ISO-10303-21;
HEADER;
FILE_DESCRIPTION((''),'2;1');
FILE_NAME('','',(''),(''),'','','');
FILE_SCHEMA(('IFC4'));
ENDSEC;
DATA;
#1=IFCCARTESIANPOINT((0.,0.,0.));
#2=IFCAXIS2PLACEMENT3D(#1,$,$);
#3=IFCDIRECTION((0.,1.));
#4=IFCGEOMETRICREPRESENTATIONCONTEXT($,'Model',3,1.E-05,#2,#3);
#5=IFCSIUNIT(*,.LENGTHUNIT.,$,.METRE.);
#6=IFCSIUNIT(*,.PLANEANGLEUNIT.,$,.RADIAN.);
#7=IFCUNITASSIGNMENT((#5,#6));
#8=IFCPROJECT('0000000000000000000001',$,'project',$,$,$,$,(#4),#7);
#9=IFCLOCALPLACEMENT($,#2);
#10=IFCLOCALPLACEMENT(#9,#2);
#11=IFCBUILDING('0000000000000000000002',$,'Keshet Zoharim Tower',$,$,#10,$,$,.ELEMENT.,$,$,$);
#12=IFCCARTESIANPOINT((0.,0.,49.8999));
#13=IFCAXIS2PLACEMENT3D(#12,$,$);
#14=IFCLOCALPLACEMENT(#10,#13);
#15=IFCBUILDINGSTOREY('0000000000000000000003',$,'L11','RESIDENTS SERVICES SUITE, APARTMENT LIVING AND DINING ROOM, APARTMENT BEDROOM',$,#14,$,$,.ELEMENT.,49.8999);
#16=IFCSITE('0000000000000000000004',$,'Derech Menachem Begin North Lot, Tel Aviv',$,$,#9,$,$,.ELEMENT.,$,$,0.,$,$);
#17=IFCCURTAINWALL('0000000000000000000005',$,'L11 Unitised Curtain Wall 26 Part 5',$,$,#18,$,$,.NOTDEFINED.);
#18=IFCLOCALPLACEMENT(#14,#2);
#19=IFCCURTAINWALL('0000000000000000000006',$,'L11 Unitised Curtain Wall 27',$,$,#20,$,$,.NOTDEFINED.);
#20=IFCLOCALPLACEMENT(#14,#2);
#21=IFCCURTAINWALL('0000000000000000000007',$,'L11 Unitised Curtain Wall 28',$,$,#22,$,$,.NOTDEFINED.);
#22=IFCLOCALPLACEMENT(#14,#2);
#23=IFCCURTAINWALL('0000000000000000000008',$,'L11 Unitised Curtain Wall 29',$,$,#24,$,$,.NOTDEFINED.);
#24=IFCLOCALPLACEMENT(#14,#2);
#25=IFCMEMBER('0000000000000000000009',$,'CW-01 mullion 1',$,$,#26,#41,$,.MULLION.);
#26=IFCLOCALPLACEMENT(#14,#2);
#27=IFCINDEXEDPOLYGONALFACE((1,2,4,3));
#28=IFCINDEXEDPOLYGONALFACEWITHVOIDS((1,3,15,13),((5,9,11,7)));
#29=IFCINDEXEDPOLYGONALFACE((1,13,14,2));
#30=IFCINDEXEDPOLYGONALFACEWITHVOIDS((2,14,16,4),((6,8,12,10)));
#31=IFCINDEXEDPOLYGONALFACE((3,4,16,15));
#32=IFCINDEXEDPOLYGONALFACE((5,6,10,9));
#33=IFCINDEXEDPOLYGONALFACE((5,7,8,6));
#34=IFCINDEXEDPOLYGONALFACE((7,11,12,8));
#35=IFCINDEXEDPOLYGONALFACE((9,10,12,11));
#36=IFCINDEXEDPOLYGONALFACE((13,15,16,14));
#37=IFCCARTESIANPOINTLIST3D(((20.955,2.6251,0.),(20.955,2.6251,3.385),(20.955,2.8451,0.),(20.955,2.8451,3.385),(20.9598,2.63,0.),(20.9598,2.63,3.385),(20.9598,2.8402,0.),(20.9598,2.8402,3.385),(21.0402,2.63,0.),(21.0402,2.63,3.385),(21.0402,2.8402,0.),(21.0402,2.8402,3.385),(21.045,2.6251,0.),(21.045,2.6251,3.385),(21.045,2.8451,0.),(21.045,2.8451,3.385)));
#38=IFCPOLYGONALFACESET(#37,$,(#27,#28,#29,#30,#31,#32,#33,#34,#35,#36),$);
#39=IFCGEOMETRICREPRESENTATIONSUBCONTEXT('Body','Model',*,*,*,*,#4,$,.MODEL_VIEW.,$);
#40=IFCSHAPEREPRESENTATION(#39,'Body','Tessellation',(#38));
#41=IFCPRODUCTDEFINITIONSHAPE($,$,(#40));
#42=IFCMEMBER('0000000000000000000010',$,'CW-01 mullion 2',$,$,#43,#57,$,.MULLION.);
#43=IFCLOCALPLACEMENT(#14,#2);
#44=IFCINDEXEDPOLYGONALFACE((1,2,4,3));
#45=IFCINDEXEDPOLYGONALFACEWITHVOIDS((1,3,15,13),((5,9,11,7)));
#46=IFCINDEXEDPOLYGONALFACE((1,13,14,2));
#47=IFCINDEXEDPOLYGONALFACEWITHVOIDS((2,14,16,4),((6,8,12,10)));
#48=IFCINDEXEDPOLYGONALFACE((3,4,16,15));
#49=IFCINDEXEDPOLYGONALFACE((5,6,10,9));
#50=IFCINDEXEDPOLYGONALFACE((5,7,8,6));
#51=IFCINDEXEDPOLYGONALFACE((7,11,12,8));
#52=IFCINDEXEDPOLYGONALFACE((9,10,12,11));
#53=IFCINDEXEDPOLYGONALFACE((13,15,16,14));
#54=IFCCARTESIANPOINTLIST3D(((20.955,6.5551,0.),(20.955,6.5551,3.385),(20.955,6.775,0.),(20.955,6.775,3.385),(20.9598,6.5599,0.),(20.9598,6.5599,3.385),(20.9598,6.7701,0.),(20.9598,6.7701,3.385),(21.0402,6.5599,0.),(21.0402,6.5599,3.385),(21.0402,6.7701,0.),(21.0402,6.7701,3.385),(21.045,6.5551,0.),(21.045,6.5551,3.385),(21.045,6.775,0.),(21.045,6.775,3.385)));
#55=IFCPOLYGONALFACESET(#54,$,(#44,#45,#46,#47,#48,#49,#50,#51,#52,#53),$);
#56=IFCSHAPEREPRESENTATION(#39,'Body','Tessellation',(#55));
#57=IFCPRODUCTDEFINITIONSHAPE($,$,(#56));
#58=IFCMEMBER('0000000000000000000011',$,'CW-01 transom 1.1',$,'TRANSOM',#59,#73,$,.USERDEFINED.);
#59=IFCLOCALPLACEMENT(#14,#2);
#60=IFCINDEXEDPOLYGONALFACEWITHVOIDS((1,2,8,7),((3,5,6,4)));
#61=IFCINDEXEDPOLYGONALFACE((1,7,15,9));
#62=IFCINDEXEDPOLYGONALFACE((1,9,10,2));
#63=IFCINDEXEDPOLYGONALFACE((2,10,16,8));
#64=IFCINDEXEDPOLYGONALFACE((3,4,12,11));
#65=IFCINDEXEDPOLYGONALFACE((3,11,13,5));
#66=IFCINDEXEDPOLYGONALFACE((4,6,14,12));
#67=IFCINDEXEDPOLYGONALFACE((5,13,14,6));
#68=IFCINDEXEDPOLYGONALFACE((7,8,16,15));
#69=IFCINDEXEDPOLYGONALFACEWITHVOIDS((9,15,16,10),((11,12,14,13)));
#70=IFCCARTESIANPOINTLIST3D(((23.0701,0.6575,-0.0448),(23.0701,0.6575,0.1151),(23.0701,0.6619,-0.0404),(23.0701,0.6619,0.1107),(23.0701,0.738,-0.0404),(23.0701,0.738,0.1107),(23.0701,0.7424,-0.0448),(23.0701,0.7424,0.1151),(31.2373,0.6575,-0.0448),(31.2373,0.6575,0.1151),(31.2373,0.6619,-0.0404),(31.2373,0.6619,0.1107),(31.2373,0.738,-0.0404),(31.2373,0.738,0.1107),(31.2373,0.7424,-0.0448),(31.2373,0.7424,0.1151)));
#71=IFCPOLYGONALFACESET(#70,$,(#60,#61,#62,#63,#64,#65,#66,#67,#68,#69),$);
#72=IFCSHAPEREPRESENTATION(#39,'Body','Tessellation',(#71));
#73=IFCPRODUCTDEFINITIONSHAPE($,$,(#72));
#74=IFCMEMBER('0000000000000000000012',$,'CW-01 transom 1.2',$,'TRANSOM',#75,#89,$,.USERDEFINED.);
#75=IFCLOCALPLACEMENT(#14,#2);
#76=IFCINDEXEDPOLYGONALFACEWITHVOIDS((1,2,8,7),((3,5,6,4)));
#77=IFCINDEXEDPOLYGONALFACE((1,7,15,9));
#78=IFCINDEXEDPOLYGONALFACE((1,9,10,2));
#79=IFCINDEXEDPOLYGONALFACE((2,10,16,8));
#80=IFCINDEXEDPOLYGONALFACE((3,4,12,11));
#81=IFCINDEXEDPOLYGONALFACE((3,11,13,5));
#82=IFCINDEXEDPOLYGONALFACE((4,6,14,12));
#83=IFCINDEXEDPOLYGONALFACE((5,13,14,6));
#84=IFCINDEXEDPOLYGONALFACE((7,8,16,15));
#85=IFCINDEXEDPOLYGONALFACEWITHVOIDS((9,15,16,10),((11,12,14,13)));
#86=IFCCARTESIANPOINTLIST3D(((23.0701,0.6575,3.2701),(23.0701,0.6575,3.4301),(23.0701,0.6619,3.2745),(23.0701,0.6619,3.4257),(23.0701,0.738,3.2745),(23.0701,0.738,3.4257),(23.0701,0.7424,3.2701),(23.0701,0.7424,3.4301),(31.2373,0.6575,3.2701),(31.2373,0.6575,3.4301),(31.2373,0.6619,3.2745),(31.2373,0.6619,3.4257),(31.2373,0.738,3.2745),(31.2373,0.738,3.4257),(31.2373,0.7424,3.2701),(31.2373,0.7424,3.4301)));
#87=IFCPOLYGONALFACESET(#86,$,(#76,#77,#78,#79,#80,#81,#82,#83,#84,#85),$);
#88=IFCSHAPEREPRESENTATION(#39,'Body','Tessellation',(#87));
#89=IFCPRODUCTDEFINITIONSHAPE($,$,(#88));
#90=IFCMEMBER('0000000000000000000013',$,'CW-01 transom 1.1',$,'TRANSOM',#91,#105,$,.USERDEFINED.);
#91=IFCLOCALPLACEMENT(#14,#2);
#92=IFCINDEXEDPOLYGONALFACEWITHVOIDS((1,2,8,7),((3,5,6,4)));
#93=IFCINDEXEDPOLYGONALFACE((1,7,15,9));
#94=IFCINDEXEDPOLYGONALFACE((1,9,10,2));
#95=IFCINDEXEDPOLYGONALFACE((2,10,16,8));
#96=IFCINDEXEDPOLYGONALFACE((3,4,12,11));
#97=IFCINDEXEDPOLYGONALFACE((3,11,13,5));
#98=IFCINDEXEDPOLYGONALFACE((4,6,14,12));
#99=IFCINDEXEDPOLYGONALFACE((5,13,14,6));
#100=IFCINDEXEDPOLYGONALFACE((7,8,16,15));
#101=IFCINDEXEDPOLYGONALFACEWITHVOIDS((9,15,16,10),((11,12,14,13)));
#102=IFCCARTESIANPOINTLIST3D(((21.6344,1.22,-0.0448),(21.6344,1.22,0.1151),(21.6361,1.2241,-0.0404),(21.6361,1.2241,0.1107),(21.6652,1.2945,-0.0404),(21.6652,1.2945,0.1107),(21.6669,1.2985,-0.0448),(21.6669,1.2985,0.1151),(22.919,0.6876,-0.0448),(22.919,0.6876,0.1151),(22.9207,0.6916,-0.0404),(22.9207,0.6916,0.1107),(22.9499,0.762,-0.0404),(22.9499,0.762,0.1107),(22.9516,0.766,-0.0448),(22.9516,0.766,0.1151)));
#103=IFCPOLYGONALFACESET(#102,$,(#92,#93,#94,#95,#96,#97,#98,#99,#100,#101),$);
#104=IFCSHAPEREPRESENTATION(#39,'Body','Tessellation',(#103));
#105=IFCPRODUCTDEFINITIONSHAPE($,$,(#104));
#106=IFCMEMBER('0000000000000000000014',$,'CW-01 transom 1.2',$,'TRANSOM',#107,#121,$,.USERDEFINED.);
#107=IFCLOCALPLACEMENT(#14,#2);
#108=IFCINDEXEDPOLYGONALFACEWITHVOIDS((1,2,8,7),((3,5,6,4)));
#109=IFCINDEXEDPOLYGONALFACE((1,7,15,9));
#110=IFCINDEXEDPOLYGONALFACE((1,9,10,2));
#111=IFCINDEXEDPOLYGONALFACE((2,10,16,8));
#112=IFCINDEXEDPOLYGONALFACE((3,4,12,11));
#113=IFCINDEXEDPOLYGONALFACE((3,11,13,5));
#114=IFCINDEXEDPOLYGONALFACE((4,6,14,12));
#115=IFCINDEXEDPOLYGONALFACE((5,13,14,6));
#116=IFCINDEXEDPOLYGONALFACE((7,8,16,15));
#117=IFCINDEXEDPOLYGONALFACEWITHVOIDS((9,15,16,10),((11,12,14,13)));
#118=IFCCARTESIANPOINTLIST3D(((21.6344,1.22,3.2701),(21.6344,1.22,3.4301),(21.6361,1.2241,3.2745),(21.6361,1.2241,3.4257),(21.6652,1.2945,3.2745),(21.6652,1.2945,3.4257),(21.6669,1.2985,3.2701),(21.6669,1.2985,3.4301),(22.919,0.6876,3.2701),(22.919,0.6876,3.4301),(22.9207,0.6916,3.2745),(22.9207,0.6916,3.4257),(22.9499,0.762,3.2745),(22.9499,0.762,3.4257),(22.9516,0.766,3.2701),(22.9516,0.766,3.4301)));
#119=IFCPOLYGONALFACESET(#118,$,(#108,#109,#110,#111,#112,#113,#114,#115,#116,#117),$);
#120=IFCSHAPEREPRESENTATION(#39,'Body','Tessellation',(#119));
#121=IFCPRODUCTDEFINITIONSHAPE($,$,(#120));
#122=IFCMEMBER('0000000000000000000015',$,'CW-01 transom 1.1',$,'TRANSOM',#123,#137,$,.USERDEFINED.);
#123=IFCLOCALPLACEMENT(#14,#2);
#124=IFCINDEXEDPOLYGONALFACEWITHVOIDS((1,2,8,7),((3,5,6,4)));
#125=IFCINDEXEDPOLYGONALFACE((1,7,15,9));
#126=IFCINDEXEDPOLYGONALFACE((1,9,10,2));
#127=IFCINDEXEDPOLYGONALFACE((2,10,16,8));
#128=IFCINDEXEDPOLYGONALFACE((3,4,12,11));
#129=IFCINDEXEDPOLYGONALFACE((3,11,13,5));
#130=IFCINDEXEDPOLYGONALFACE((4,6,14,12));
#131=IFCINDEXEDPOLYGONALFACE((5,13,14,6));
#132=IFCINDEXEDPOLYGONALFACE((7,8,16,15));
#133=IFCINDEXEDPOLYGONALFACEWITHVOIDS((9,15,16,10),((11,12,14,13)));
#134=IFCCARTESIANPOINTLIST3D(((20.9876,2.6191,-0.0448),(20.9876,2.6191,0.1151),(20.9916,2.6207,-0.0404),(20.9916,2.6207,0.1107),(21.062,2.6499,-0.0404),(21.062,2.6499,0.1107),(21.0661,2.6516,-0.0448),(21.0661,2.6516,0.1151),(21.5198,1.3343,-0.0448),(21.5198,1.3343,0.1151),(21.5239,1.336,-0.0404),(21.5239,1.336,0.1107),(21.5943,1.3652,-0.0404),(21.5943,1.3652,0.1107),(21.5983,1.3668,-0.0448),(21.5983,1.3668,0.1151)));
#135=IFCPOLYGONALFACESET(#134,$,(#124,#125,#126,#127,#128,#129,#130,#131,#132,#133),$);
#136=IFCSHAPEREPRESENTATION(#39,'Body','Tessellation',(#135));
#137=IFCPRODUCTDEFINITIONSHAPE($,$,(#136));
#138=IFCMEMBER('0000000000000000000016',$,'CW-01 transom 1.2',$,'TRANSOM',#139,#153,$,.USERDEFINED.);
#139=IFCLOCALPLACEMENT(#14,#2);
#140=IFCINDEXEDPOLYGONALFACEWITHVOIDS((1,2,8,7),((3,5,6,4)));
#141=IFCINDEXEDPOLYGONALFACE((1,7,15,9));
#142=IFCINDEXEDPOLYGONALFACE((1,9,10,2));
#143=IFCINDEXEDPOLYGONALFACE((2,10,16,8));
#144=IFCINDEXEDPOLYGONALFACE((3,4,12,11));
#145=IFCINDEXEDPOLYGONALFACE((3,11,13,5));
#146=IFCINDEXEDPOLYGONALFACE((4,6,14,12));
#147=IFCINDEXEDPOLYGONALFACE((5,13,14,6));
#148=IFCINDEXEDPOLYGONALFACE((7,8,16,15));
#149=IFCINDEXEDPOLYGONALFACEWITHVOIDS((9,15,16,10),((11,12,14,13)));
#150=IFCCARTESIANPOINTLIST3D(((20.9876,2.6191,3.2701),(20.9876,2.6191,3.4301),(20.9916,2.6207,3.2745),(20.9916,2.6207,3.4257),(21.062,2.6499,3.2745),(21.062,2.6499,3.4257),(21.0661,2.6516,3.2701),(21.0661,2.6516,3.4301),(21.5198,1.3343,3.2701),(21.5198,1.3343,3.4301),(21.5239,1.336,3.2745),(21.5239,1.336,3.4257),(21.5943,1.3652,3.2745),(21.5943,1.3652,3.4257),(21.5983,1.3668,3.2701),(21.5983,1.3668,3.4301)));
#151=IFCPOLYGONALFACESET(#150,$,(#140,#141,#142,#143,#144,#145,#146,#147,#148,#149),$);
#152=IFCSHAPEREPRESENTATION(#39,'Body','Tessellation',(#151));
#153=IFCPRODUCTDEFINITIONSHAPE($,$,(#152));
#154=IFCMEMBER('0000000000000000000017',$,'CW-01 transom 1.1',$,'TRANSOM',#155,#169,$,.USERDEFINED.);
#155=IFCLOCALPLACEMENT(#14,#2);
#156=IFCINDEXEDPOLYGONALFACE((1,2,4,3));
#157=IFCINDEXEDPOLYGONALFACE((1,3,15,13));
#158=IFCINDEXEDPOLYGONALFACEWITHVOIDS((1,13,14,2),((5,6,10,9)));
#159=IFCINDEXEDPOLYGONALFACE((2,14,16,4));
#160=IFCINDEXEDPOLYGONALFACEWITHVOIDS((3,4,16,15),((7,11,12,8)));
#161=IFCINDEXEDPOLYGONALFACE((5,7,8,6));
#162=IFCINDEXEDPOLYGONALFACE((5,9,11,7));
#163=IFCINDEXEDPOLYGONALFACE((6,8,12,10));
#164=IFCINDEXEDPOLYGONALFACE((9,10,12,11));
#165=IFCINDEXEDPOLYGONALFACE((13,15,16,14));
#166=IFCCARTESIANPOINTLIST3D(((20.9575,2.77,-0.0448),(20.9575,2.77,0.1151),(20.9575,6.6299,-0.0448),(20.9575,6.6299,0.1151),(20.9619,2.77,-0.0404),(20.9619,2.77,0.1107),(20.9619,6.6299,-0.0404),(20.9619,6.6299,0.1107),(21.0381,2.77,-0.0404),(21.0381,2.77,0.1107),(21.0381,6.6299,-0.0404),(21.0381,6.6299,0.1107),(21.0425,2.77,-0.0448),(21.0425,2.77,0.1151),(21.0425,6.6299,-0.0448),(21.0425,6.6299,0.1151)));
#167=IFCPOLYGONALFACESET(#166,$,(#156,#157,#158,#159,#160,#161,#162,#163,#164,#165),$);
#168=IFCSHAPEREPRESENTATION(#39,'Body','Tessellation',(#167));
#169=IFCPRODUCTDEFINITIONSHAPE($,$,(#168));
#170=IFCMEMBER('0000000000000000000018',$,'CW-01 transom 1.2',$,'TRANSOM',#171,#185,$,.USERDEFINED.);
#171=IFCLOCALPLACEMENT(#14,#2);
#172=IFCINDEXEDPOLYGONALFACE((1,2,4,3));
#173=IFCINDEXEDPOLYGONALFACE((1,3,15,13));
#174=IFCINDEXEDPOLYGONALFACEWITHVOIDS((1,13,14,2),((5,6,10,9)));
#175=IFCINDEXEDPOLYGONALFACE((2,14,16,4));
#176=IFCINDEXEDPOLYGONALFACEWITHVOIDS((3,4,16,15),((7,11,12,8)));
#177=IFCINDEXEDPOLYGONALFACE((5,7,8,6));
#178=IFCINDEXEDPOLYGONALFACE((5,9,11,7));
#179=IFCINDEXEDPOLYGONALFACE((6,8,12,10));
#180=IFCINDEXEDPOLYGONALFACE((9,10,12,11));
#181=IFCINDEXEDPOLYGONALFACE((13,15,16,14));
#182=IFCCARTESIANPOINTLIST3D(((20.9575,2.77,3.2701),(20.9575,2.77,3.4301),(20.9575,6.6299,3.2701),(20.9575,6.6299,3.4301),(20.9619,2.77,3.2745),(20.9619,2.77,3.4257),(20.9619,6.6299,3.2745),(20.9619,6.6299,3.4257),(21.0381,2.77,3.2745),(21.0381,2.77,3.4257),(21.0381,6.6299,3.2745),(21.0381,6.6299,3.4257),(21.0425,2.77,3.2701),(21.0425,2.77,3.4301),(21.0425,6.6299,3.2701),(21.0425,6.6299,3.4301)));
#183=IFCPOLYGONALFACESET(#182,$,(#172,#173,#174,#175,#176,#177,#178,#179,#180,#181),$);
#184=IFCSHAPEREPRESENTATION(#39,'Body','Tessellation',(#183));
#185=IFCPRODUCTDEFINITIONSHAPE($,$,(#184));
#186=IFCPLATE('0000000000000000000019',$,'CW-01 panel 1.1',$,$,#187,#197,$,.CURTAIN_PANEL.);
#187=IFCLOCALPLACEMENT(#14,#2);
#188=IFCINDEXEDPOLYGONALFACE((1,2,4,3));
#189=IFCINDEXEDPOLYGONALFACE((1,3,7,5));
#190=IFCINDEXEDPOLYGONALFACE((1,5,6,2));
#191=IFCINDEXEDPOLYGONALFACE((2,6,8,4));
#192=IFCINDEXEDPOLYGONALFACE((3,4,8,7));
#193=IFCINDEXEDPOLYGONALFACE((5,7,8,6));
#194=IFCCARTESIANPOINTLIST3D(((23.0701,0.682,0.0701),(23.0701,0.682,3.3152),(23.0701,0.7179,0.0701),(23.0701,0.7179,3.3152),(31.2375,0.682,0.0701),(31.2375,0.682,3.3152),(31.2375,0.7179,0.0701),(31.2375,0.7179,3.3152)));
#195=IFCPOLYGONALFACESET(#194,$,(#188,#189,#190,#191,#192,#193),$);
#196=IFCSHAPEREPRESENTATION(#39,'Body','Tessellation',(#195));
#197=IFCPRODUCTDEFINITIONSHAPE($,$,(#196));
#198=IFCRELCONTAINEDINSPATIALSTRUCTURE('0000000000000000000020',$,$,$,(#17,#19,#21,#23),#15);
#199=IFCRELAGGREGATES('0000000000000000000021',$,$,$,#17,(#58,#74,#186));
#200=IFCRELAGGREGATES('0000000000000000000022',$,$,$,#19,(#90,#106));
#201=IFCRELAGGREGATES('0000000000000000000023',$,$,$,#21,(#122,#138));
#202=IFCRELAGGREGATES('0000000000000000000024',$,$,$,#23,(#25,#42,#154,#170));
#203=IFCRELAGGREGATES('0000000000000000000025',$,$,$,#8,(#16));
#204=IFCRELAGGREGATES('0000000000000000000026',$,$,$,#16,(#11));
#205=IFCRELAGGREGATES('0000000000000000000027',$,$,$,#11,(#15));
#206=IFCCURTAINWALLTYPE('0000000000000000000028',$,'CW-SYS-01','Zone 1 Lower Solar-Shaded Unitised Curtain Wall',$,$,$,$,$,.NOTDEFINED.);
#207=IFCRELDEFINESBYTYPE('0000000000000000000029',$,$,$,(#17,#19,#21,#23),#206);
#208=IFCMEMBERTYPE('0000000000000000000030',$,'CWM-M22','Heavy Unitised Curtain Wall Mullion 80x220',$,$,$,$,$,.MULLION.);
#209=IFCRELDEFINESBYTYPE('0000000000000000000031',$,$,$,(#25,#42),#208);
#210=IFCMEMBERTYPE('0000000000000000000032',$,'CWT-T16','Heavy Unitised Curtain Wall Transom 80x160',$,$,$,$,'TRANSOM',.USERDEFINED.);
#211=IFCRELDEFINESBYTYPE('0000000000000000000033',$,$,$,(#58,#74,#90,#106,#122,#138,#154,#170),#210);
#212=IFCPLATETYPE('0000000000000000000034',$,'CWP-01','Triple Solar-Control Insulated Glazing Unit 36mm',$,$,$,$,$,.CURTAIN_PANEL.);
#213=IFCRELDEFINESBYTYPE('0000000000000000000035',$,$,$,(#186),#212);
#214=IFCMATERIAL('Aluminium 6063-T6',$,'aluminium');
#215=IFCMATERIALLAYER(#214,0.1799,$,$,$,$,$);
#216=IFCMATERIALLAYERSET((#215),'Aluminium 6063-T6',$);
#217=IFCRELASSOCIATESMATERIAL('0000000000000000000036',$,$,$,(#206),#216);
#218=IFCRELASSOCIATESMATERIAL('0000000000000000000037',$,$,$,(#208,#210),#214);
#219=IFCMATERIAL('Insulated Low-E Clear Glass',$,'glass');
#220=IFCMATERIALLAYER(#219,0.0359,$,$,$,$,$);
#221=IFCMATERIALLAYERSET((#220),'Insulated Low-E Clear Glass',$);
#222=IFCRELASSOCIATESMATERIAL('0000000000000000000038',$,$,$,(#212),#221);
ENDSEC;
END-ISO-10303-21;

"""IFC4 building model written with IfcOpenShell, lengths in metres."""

from ifc_helpers import new_model, si_unit, direction, frame, origin, origin_2d, place, context, subcontext, project, spatial, rectangle, hollow_rectangle, extrude, material, layer, layer_set, material_profile, profile_set, type_object, element, aggregate, save


model = new_model("IFC4")

# Units and contexts
model_context = context("Model", 3, precision=1e-05, world=origin(), true_north=direction((0.0, 1.0)))
body_context = subcontext(model_context, "Body", "Model", "MODEL_VIEW")
ifc_project = project(units=[si_unit("LENGTHUNIT", "METRE"), si_unit("PLANEANGLEUNIT", "RADIAN")], contexts=[model_context])

# Site, building, storey
site_placement = place(None, origin())
site = spatial("IfcSite", under=ifc_project, at=site_placement, Name="Derech Menachem Begin North Lot, Tel Aviv", CompositionType="ELEMENT", RefElevation=0.0)
building_placement = place(site_placement, origin())
building = spatial("IfcBuilding", under=site, at=building_placement, Name="Keshet Zoharim Tower", CompositionType="ELEMENT")
storey_placement = place(building_placement, frame((0.0, 0.0, 49.8999)))
storey = spatial("IfcBuildingStorey", under=building, at=storey_placement, Name="L11", Description="RESIDENTS SERVICES SUITE, APARTMENT LIVING AND DINING ROOM, APARTMENT BEDROOM", CompositionType="ELEMENT", Elevation=49.8999)

# Curtain wall
ifc_material_1 = material(Name="Aluminium 6063-T6", Category="aluminium")
ifc_layer_1 = layer(ifc_material_1, 0.1799)
ifc_layer_set_1 = layer_set([ifc_layer_1], Name="Aluminium 6063-T6")
curtain_wall_type = type_object("IfcCurtainWallType", Name="CW-SYS-01", Description="Zone 1 Lower Solar-Shaded Unitised Curtain Wall", PredefinedType="NOTDEFINED", material=ifc_layer_set_1)
ifc_material_profile_1 = material_profile(ifc_material_1, hollow_rectangle(XDim=0.0901, YDim=0.22, WallThickness=0.0049, at=origin_2d()), Name="MUL-90x220")
ifc_profile_set_1 = profile_set([ifc_material_profile_1], Name="Aluminium 6063-T6")
member_type_1 = type_object("IfcMemberType", Name="CWM-M22", Description="Heavy Unitised Curtain Wall Mullion 80x220", PredefinedType="MULLION", material=ifc_profile_set_1)
curtain_wall_1_placement = place(storey_placement, origin())
curtain_wall_1 = element("IfcCurtainWall", 1, at=curtain_wall_1_placement, inside=storey, type_object=curtain_wall_type, Name="L11 Unitised Curtain Wall 26 Part 5", PredefinedType="NOTDEFINED")

# Curtain walls, members
curtain_wall_2_placement = place(storey_placement, origin())
curtain_wall_2 = element("IfcCurtainWall", 2, at=curtain_wall_2_placement, inside=storey, type_object=curtain_wall_type, Name="L11 Unitised Curtain Wall 27", PredefinedType="NOTDEFINED")
curtain_wall_3_placement = place(storey_placement, origin())
curtain_wall_3 = element("IfcCurtainWall", 3, at=curtain_wall_3_placement, inside=storey, type_object=curtain_wall_type, Name="L11 Unitised Curtain Wall 28", PredefinedType="NOTDEFINED")
curtain_wall_4_placement = place(storey_placement, origin())
curtain_wall_4 = element("IfcCurtainWall", 4, at=curtain_wall_4_placement, inside=storey, type_object=curtain_wall_type, Name="L11 Unitised Curtain Wall 29", PredefinedType="NOTDEFINED")
member_1_placement = place(storey_placement, frame((21.0, 2.7351, 0.0), z_axis=(0.0, 0.0, 1.0), x_axis=(-1.0, 0.0, 0.0)))
member_1 = element("IfcMember", 5, at=member_1_placement, type_object=member_type_1, Name="CW-01 mullion 1", PredefinedType="MULLION", context=body_context, shape_type="SweptSolid", body=[
    extrude(hollow_rectangle(XDim=0.0901, YDim=0.22, WallThickness=0.0049, at=origin_2d()), origin(), (0.0, 0.0, 1.0), 3.385),
])
member_2_placement = place(storey_placement, frame((21.0, 6.665, 0.0), z_axis=(0.0, 0.0, 1.0), x_axis=(-1.0, 0.0, 0.0)))
member_2 = element("IfcMember", 6, at=member_2_placement, type_object=member_type_1, Name="CW-01 mullion 2", PredefinedType="MULLION", context=body_context, shape_type="SweptSolid", body=[
    extrude(hollow_rectangle(XDim=0.0901, YDim=0.22, WallThickness=0.0049, at=origin_2d()), origin(), (0.0, 0.0, 1.0), 3.385),
])

# Members
ifc_material_profile_2 = material_profile(ifc_material_1, hollow_rectangle(XDim=0.085, YDim=0.1599, WallThickness=0.0044, at=origin_2d()), Name="TRN-85x160")
ifc_profile_set_2 = profile_set([ifc_material_profile_2], Name="Aluminium 6063-T6")
member_type_2 = type_object("IfcMemberType", Name="CWT-T16", Description="Heavy Unitised Curtain Wall Transom 80x160", ElementType="TRANSOM", PredefinedType="USERDEFINED", material=ifc_profile_set_2)
member_3_placement = place(storey_placement, frame((31.2373, 0.7, 0.0352), z_axis=(-1.0, 0.0, 0.0), x_axis=(0.0, -1.0, 0.0)))
member_3 = element("IfcMember", 7, at=member_3_placement, type_object=member_type_2, Name="CW-01 transom 1.1", ObjectType="TRANSOM", PredefinedType="USERDEFINED", context=body_context, shape_type="SweptSolid", body=[
    extrude(hollow_rectangle(XDim=0.085, YDim=0.1599, WallThickness=0.0044, at=origin_2d()), origin(), (0.0, 0.0, 1.0), 8.1672),
])
member_4_placement = place(storey_placement, frame((31.2373, 0.7, 3.3501), z_axis=(-1.0, 0.0, 0.0), x_axis=(0.0, -1.0, 0.0)))
member_4 = element("IfcMember", 8, at=member_4_placement, type_object=member_type_2, Name="CW-01 transom 1.2", ObjectType="TRANSOM", PredefinedType="USERDEFINED", context=body_context, shape_type="SweptSolid", body=[
    extrude(hollow_rectangle(XDim=0.085, YDim=0.1599, WallThickness=0.0044, at=origin_2d()), origin(), (0.0, 0.0, 1.0), 8.1672),
])
member_5_placement = place(storey_placement, frame((22.9353, 0.7268, 0.0352), z_axis=(-0.923792, 0.382894, 0.0), x_axis=(-0.382894, -0.923792, 0.0)))
member_5 = element("IfcMember", 9, at=member_5_placement, type_object=member_type_2, Name="CW-01 transom 1.1", ObjectType="TRANSOM", PredefinedType="USERDEFINED", context=body_context, shape_type="SweptSolid", body=[
    extrude(hollow_rectangle(XDim=0.085, YDim=0.1599, WallThickness=0.0044, at=origin_2d()), origin(), (0.0, 0.0, 1.0), 1.3906),
])
member_6_placement = place(storey_placement, frame((22.9353, 0.7268, 3.3501), z_axis=(-0.923792, 0.382894, 0.0), x_axis=(-0.382894, -0.923792, 0.0)))
member_6 = element("IfcMember", 10, at=member_6_placement, type_object=member_type_2, Name="CW-01 transom 1.2", ObjectType="TRANSOM", PredefinedType="USERDEFINED", context=body_context, shape_type="SweptSolid", body=[
    extrude(hollow_rectangle(XDim=0.085, YDim=0.1599, WallThickness=0.0044, at=origin_2d()), origin(), (0.0, 0.0, 1.0), 1.3906),
])
member_7_placement = place(storey_placement, frame((21.5591, 1.3506, 0.0352), z_axis=(-0.382745, 0.923854, 0.0), x_axis=(-0.923854, -0.382745, 0.0)))
member_7 = element("IfcMember", 11, at=member_7_placement, type_object=member_type_2, Name="CW-01 transom 1.1", ObjectType="TRANSOM", PredefinedType="USERDEFINED", context=body_context, shape_type="SweptSolid", body=[
    extrude(hollow_rectangle(XDim=0.085, YDim=0.1599, WallThickness=0.0044, at=origin_2d()), origin(), (0.0, 0.0, 1.0), 1.3906),
])
member_8_placement = place(storey_placement, frame((21.5591, 1.3506, 3.3501), z_axis=(-0.382745, 0.923854, 0.0), x_axis=(-0.923854, -0.382745, 0.0)))
member_8 = element("IfcMember", 12, at=member_8_placement, type_object=member_type_2, Name="CW-01 transom 1.2", ObjectType="TRANSOM", PredefinedType="USERDEFINED", context=body_context, shape_type="SweptSolid", body=[
    extrude(hollow_rectangle(XDim=0.085, YDim=0.1599, WallThickness=0.0044, at=origin_2d()), origin(), (0.0, 0.0, 1.0), 1.3906),
])
member_9_placement = place(storey_placement, frame((21.0, 2.77, 0.0352), z_axis=(0.0, 1.0, 0.0), x_axis=(-1.0, 0.0, 0.0)))
member_9 = element("IfcMember", 13, at=member_9_placement, type_object=member_type_2, Name="CW-01 transom 1.1", ObjectType="TRANSOM", PredefinedType="USERDEFINED", context=body_context, shape_type="SweptSolid", body=[
    extrude(hollow_rectangle(XDim=0.085, YDim=0.1599, WallThickness=0.0044, at=origin_2d()), origin(), (0.0, 0.0, 1.0), 3.8599),
])
member_10_placement = place(storey_placement, frame((21.0, 2.77, 3.3501), z_axis=(0.0, 1.0, 0.0), x_axis=(-1.0, 0.0, 0.0)))
member_10 = element("IfcMember", 14, at=member_10_placement, type_object=member_type_2, Name="CW-01 transom 1.2", ObjectType="TRANSOM", PredefinedType="USERDEFINED", context=body_context, shape_type="SweptSolid", body=[
    extrude(hollow_rectangle(XDim=0.085, YDim=0.1599, WallThickness=0.0044, at=origin_2d()), origin(), (0.0, 0.0, 1.0), 3.8599),
])

# Plate
ifc_material_2 = material(Name="Insulated Low-E Clear Glass", Category="glass")
ifc_layer_2 = layer(ifc_material_2, 0.0359)
ifc_layer_set_2 = layer_set([ifc_layer_2], Name="Insulated Low-E Clear Glass")
plate_type_1 = type_object("IfcPlateType", Name="CWP-01", Description="Triple Solar-Control Insulated Glazing Unit 36mm", PredefinedType="CURTAIN_PANEL", material=ifc_layer_set_2)
plate_1_placement = place(storey_placement, frame((27.1538, 0.7, 0.0701), z_axis=(0.0, 0.0, 1.0), x_axis=(-1.0, 0.0, 0.0)))
plate_1 = element("IfcPlate", 15, at=plate_1_placement, type_object=plate_type_1, Name="CW-01 panel 1.1", PredefinedType="CURTAIN_PANEL", context=body_context, shape_type="SweptSolid", body=[
    extrude(rectangle(XDim=8.1675, YDim=0.0359, at=origin_2d()), origin(), (0.0, 0.0, 1.0), 3.2451),
])
aggregate(curtain_wall_1, [member_3, member_4, plate_1])
aggregate(curtain_wall_2, [member_5, member_6])
aggregate(curtain_wall_3, [member_7, member_8])
aggregate(curtain_wall_4, [member_1, member_2, member_9, member_10])

save(model, "model.ifc")
